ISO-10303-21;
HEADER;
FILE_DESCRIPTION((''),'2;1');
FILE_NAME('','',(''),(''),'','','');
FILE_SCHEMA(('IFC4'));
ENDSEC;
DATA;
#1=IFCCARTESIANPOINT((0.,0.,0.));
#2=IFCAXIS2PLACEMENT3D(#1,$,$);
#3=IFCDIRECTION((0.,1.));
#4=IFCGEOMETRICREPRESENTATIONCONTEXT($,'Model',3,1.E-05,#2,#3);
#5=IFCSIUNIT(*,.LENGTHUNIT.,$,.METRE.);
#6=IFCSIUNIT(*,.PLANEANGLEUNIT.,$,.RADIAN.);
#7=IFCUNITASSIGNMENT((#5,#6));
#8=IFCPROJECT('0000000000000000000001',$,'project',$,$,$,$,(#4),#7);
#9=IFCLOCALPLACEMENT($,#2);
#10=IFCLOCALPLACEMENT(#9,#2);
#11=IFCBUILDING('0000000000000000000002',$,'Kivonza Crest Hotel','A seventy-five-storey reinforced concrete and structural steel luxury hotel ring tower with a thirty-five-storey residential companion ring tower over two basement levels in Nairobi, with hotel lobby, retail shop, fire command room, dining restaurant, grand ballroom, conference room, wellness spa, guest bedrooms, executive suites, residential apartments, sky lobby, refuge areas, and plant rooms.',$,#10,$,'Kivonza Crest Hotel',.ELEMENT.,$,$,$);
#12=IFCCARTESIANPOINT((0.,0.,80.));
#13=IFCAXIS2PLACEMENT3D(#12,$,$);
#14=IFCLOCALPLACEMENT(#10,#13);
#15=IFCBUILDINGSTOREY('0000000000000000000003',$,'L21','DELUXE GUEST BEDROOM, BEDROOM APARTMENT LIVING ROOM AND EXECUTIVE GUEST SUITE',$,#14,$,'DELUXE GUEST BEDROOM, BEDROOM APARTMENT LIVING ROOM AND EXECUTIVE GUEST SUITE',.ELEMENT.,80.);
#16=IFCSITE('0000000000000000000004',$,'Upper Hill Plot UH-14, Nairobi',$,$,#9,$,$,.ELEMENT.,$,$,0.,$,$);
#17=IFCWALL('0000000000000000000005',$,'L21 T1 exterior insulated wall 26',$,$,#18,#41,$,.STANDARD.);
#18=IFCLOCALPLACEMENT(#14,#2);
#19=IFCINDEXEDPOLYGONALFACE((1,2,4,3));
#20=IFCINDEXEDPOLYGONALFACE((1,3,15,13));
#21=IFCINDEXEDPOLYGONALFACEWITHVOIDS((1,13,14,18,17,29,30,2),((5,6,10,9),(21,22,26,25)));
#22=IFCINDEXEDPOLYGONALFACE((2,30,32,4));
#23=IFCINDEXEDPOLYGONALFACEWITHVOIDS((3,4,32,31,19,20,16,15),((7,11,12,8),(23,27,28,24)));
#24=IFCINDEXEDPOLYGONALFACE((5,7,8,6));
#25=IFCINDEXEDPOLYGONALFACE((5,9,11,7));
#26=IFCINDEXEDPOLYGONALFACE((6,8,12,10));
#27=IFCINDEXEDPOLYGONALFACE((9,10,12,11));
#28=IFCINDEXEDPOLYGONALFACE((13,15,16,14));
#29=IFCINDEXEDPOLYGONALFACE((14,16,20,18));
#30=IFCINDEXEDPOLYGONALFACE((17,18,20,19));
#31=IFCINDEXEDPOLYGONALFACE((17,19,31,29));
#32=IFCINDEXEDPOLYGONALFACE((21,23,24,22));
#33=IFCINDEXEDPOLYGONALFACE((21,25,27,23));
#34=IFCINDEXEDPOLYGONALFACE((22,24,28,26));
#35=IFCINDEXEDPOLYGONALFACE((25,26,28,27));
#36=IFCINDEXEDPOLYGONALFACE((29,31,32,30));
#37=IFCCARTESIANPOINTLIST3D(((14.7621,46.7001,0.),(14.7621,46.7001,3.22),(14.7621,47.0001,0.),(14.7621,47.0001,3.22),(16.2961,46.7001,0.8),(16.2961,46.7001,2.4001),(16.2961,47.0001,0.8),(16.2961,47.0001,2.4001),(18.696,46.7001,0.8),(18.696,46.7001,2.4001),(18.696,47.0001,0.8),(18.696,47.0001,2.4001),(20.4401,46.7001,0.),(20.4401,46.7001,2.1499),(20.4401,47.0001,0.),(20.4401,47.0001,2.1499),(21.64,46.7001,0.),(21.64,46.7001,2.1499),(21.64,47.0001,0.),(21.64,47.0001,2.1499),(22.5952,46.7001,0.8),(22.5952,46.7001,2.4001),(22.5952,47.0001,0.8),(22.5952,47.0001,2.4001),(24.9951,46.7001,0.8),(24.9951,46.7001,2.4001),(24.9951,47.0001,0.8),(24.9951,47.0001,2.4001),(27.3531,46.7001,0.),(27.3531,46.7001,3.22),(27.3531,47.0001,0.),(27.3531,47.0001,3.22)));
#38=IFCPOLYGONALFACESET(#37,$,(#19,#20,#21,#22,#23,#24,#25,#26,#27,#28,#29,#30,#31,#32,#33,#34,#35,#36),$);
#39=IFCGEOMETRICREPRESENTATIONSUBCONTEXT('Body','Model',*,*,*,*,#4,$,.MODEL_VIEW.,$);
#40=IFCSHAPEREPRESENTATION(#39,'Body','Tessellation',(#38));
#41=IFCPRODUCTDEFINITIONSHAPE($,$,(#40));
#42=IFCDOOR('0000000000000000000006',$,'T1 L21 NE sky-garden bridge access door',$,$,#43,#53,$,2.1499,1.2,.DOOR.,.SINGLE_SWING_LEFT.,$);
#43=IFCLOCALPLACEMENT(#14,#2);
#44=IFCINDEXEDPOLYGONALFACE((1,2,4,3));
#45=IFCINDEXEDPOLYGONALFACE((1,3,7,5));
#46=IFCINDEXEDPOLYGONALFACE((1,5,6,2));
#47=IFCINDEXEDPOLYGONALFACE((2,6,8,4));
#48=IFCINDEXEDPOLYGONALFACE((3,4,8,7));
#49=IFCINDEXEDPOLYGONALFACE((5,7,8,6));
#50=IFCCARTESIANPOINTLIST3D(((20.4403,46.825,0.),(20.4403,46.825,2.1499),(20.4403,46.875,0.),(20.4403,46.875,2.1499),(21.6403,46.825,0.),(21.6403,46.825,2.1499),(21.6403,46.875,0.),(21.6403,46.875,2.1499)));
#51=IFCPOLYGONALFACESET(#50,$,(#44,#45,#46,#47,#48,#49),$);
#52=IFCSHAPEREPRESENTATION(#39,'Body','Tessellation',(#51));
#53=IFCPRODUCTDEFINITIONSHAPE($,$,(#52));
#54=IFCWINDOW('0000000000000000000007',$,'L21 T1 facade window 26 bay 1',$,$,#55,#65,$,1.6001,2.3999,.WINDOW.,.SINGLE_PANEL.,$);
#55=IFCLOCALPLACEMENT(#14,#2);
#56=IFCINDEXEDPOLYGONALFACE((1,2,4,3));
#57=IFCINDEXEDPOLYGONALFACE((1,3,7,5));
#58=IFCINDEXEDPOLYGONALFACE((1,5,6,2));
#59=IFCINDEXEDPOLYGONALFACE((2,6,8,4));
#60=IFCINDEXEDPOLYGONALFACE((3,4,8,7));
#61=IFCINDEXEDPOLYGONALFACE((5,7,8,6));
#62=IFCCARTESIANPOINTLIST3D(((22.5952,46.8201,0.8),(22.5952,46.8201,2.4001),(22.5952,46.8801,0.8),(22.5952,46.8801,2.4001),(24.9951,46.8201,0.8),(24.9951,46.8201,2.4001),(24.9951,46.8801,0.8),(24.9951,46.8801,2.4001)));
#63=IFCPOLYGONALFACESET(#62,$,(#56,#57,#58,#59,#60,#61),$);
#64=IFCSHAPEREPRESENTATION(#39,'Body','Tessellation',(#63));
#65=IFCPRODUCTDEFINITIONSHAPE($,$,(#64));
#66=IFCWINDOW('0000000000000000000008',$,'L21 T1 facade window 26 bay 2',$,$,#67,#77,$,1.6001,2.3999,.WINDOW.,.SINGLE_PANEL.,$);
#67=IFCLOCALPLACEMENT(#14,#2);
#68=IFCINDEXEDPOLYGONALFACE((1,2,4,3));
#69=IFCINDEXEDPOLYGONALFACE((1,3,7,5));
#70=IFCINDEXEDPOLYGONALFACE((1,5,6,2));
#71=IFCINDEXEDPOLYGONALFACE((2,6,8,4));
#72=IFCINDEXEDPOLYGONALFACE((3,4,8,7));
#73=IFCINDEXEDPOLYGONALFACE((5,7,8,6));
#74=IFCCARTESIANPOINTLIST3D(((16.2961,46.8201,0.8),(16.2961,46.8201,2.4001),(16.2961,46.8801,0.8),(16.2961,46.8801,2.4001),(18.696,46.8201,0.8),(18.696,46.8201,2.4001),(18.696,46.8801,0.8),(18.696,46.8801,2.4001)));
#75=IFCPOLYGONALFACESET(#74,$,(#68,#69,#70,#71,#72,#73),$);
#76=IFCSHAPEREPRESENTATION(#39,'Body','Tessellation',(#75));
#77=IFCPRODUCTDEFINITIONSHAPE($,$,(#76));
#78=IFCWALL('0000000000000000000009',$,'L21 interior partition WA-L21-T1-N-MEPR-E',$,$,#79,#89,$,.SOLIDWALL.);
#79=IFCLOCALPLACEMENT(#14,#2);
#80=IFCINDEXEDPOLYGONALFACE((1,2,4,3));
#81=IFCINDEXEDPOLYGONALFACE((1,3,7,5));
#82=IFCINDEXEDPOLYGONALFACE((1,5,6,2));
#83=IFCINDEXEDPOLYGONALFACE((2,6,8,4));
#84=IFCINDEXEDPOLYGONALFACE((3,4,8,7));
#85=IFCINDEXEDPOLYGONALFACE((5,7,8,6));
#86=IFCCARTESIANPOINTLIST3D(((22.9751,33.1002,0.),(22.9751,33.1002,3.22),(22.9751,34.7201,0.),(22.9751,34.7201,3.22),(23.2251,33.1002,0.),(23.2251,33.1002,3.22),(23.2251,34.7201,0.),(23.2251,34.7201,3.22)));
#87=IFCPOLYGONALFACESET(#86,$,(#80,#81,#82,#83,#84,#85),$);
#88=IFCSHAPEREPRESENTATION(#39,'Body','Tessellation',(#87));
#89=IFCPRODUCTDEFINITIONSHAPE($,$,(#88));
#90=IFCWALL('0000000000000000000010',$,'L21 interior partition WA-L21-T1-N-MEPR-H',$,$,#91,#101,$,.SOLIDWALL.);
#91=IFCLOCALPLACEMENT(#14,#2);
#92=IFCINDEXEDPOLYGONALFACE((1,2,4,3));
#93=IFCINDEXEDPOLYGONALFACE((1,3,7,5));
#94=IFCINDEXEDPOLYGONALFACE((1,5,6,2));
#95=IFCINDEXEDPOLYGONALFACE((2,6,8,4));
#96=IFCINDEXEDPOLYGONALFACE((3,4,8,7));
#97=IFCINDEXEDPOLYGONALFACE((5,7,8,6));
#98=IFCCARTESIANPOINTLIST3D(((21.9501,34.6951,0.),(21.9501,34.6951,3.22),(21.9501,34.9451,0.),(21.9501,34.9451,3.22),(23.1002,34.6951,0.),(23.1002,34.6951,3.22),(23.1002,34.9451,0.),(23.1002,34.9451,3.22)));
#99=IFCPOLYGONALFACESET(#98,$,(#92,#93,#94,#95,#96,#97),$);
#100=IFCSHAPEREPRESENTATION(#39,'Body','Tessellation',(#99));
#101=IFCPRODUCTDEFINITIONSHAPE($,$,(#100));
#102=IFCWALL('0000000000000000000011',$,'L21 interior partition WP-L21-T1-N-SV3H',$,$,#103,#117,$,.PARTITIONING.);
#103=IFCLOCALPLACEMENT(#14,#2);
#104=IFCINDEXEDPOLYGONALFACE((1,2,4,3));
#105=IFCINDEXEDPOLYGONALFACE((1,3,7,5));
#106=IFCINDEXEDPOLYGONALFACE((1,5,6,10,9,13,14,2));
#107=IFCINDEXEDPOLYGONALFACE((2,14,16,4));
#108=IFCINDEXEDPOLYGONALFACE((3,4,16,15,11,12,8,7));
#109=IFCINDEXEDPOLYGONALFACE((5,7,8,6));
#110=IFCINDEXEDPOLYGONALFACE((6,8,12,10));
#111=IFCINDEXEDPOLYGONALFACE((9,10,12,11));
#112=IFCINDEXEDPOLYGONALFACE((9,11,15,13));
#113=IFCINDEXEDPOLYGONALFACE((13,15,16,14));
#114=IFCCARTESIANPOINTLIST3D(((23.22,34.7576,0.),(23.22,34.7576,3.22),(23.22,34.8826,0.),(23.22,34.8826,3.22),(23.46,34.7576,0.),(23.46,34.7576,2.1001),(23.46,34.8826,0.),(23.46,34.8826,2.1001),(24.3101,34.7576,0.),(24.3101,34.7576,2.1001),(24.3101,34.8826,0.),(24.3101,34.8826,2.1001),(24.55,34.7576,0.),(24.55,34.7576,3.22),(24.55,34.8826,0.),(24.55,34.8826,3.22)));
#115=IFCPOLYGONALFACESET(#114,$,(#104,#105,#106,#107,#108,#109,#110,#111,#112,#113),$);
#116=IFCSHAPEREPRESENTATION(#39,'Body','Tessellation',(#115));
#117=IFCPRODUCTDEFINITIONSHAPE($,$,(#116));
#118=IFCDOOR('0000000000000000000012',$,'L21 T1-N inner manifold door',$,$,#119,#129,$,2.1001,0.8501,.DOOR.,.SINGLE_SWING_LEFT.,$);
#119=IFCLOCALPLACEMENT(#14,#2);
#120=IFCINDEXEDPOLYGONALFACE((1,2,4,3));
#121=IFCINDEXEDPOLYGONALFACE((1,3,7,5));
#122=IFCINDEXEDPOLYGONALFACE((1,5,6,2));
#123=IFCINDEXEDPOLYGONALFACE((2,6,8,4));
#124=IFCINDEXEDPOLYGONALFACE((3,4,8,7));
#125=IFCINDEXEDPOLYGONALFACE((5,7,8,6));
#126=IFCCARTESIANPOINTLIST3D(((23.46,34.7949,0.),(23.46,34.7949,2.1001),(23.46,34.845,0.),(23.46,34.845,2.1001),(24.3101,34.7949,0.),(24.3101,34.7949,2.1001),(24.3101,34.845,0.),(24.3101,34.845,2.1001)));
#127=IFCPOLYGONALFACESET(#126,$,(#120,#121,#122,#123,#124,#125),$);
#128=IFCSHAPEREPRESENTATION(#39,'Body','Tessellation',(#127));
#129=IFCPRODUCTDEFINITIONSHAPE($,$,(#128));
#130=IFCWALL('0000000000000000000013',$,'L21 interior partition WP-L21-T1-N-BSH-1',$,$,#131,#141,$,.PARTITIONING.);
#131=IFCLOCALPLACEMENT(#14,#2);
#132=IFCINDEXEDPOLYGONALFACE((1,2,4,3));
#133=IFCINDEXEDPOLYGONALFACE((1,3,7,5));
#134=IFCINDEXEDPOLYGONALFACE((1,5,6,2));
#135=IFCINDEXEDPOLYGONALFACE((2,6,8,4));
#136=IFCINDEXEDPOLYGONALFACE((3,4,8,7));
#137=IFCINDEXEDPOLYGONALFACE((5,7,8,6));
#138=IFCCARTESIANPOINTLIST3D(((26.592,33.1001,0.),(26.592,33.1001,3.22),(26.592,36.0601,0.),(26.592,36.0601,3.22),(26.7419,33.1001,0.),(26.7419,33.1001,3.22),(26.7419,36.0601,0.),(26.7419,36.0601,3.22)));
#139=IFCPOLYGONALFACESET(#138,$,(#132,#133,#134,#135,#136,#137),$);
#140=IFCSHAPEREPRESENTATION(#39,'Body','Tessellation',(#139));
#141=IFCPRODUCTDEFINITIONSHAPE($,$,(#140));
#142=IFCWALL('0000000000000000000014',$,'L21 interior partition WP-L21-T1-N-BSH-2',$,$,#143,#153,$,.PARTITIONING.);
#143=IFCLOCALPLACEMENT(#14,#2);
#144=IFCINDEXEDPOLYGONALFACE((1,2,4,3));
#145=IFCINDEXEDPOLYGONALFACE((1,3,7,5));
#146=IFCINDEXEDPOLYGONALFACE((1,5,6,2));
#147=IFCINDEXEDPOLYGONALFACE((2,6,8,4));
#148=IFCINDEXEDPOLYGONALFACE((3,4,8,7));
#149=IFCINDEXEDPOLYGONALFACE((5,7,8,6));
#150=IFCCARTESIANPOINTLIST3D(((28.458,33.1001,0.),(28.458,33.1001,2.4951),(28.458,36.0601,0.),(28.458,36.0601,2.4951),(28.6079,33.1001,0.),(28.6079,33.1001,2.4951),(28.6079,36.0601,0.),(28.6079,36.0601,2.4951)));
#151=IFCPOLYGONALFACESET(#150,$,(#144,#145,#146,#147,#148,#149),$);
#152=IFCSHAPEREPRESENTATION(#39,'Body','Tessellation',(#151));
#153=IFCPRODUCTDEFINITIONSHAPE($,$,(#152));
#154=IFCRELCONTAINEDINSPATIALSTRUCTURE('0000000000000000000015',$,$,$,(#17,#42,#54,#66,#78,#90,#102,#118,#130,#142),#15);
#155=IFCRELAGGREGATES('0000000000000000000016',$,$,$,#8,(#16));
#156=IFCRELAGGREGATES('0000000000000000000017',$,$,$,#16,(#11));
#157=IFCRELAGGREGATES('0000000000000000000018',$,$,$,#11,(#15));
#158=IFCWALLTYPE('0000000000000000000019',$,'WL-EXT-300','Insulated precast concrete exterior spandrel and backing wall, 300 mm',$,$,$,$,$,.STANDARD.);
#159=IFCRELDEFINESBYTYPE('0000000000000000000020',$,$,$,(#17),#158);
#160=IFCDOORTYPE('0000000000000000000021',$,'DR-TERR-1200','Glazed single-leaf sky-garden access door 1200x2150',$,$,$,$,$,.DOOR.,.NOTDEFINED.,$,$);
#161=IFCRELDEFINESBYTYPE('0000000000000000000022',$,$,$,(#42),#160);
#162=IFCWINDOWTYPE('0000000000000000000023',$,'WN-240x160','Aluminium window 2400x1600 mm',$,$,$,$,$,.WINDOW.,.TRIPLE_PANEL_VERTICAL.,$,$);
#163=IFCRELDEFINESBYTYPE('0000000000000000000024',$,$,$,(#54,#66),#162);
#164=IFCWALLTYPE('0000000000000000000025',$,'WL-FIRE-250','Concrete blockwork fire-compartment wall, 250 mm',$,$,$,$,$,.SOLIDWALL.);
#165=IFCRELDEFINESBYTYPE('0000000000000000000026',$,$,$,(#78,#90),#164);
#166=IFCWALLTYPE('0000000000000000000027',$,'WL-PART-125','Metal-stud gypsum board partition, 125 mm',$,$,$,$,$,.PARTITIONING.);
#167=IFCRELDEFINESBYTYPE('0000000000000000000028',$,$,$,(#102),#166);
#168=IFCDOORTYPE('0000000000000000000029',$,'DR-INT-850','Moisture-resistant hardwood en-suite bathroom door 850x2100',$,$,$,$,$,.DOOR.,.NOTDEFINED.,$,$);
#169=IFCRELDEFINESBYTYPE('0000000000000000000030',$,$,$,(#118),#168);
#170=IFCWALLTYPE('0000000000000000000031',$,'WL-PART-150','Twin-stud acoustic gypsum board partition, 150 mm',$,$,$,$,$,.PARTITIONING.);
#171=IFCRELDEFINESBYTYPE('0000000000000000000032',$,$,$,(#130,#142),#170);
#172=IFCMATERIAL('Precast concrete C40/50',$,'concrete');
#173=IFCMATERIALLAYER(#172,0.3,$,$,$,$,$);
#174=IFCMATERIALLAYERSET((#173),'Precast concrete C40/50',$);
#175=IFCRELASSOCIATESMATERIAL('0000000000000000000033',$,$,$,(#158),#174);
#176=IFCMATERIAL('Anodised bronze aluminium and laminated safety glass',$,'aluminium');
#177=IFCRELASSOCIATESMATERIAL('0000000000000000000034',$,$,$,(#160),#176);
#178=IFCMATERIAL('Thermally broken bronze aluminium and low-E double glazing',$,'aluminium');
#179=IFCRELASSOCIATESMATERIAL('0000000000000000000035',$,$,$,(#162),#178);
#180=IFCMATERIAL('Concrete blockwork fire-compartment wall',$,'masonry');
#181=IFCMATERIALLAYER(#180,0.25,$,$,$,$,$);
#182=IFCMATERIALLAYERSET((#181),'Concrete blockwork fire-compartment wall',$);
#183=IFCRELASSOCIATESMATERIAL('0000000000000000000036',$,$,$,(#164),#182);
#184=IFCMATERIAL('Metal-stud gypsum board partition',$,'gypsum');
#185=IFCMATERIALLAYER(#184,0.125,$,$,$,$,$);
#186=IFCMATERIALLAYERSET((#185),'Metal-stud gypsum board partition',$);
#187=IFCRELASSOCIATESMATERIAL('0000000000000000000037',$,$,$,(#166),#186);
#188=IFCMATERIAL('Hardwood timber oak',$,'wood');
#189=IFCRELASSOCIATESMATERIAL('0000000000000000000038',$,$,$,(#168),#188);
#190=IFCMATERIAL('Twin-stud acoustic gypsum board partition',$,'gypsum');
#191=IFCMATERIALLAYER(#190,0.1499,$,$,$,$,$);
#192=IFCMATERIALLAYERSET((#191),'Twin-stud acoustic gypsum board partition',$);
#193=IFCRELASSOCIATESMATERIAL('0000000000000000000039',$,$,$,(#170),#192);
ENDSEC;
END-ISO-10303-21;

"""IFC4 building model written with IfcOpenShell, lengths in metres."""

from ifc_helpers import new_model, si_unit, direction, frame, frame_2d, origin, place, context, subcontext, project, spatial, rectangle, extrude, material, layer, layer_set, type_object, element, fill, save


model = new_model("IFC4")

# Units and contexts
model_context = context("Model", 3, precision=1e-05, world=origin(), true_north=direction((0.0, 1.0)))
body_context = subcontext(model_context, "Body", "Model", "MODEL_VIEW")
ifc_project = project(units=[si_unit("LENGTHUNIT", "METRE"), si_unit("PLANEANGLEUNIT", "RADIAN")], contexts=[model_context])

# Site, building, storey
site_placement = place(None, origin())
site = spatial("IfcSite", under=ifc_project, at=site_placement, Name="Upper Hill Plot UH-14, Nairobi", CompositionType="ELEMENT", RefElevation=0.0)
building_placement = place(site_placement, origin())
building = spatial("IfcBuilding", under=site, at=building_placement, Name="Kivonza Crest Hotel", Description="A seventy-five-storey reinforced concrete and structural steel luxury hotel ring tower with a thirty-five-storey residential companion ring tower over two basement levels in Nairobi, with hotel lobby, retail shop, fire command room, dining restaurant, grand ballroom, conference room, wellness spa, guest bedrooms, executive suites, residential apartments, sky lobby, refuge areas, and plant rooms.", LongName="Kivonza Crest Hotel", CompositionType="ELEMENT")
storey_placement = place(building_placement, frame((0.0, 0.0, 80.0)))
storey = spatial("IfcBuildingStorey", under=building, at=storey_placement, Name="L21", Description="DELUXE GUEST BEDROOM, BEDROOM APARTMENT LIVING ROOM AND EXECUTIVE GUEST SUITE", LongName="DELUXE GUEST BEDROOM, BEDROOM APARTMENT LIVING ROOM AND EXECUTIVE GUEST SUITE", CompositionType="ELEMENT", Elevation=80.0)

# Shared definitions
ifc_material_1 = material(Name="Hardwood timber oak", Category="wood")

# Wall, openings, door, windows
ifc_material_2 = material(Name="Precast concrete C40/50", Category="concrete")
ifc_layer_1 = layer(ifc_material_2, 0.3)
ifc_layer_set_1 = layer_set([ifc_layer_1], Name="Precast concrete C40/50")
wall_type_1 = type_object("IfcWallType", Name="WL-EXT-300", Description="Insulated precast concrete exterior spandrel and backing wall, 300 mm", PredefinedType="STANDARD", material=ifc_layer_set_1)
wall_1_placement = place(storey_placement, frame((27.353, 46.8501, 0.0), z_axis=(0.0, 0.0, 1.0), x_axis=(-1.0, 0.0, 0.0)))
wall_1 = element("IfcWall", 1, at=wall_1_placement, inside=storey, type_object=wall_type_1, Name="L21 T1 exterior insulated wall 26", PredefinedType="STANDARD", context=body_context, shape_type="SweptSolid", body=[
    extrude(rectangle(XDim=12.5911, YDim=0.3, at=frame_2d((6.2954, 0.0))), origin(), (0.0, 0.0, 1.0), 3.22),
])
opening_1_placement = place(wall_1_placement, frame((5.7129, 0.0, 0.0)))
opening_1 = element("IfcOpeningElement", 2, at=opening_1_placement, cuts=wall_1, PredefinedType="OPENING", context=body_context, shape_type="SweptSolid", body=[
    extrude(rectangle(XDim=1.2, YDim=2.1499, at=frame_2d((0.6001, 1.075))), frame((0.0, 0.1602, 0.0), z_axis=(0.0, -1.0, 0.0), x_axis=(1.0, 0.0, 0.0)), (0.0, 0.0, 1.0), 0.3201),
])
opening_2_placement = place(wall_1_placement, frame((2.3579, 0.0, 0.8)))
opening_2 = element("IfcOpeningElement", 3, at=opening_2_placement, cuts=wall_1, PredefinedType="OPENING", context=body_context, shape_type="SweptSolid", body=[
    extrude(rectangle(XDim=2.3999, YDim=1.6001, at=frame_2d((1.2, 0.8))), frame((0.0, 0.1602, 0.0), z_axis=(0.0, -1.0, 0.0), x_axis=(1.0, 0.0, 0.0)), (0.0, 0.0, 1.0), 0.3201),
])
opening_3_placement = place(wall_1_placement, frame((8.657, 0.0, 0.8)))
opening_3 = element("IfcOpeningElement", 4, at=opening_3_placement, cuts=wall_1, PredefinedType="OPENING", context=body_context, shape_type="SweptSolid", body=[
    extrude(rectangle(XDim=2.3999, YDim=1.6001, at=frame_2d((1.2, 0.8))), frame((0.0, 0.1602, 0.0), z_axis=(0.0, -1.0, 0.0), x_axis=(1.0, 0.0, 0.0)), (0.0, 0.0, 1.0), 0.3201),
])
ifc_material_3 = material(Name="Anodised bronze aluminium and laminated safety glass", Category="aluminium")
door_type_1 = type_object("IfcDoorType", Name="DR-TERR-1200", Description="Glazed single-leaf sky-garden access door 1200x2150", OperationType="NOTDEFINED", PredefinedType="DOOR", material=ifc_material_3)
door_1_placement = place(opening_1_placement, frame((1.2, 0.0, 0.0), z_axis=(0.0, 0.0, 1.0), x_axis=(-1.0, 0.0, 0.0)))
door_1 = element("IfcDoor", 5, at=door_1_placement, inside=storey, type_object=door_type_1, Name="T1 L21 NE sky-garden bridge access door", OperationType="SINGLE_SWING_LEFT", OverallHeight=2.1499, OverallWidth=1.2, PredefinedType="DOOR", context=body_context, shape_type="SweptSolid", body=[
    extrude(rectangle(XDim=1.2, YDim=2.1499, at=frame_2d((0.6001, 1.075))), frame((0.0, 0.0249, 0.0), z_axis=(0.0, -1.0, 0.0), x_axis=(1.0, 0.0, 0.0)), (0.0, 0.0, 1.0), 0.05),
])
fill(opening_1, door_1)
ifc_material_4 = material(Name="Thermally broken bronze aluminium and low-E double glazing", Category="aluminium")
window_type = type_object("IfcWindowType", Name="WN-240x160", Description="Aluminium window 2400x1600 mm", PartitioningType="TRIPLE_PANEL_VERTICAL", PredefinedType="WINDOW", material=ifc_material_4)
window_1_placement = place(opening_2_placement, origin())
window_1 = element("IfcWindow", 6, at=window_1_placement, inside=storey, type_object=window_type, Name="L21 T1 facade window 26 bay 1", OverallHeight=1.6001, OverallWidth=2.3999, PartitioningType="SINGLE_PANEL", PredefinedType="WINDOW", context=body_context, shape_type="SweptSolid", body=[
    extrude(rectangle(XDim=2.3999, YDim=1.6001, at=frame_2d((1.2, 0.8))), frame((0.0, 0.03, 0.0), z_axis=(0.0, -1.0, 0.0), x_axis=(1.0, 0.0, 0.0)), (0.0, 0.0, 1.0), 0.0601),
])
fill(opening_2, window_1)
window_2_placement = place(opening_3_placement, origin())
window_2 = element("IfcWindow", 7, at=window_2_placement, inside=storey, type_object=window_type, Name="L21 T1 facade window 26 bay 2", OverallHeight=1.6001, OverallWidth=2.3999, PartitioningType="SINGLE_PANEL", PredefinedType="WINDOW", context=body_context, shape_type="SweptSolid", body=[
    extrude(rectangle(XDim=2.3999, YDim=1.6001, at=frame_2d((1.2, 0.8))), frame((0.0, 0.03, 0.0), z_axis=(0.0, -1.0, 0.0), x_axis=(1.0, 0.0, 0.0)), (0.0, 0.0, 1.0), 0.0601),
])
fill(opening_3, window_2)

# Walls
ifc_material_5 = material(Name="Concrete blockwork fire-compartment wall", Category="masonry")
ifc_layer_2 = layer(ifc_material_5, 0.25)
ifc_layer_set_2 = layer_set([ifc_layer_2], Name="Concrete blockwork fire-compartment wall")
wall_type_2 = type_object("IfcWallType", Name="WL-FIRE-250", Description="Concrete blockwork fire-compartment wall, 250 mm", PredefinedType="SOLIDWALL", material=ifc_layer_set_2)
wall_2_placement = place(storey_placement, frame((23.1001, 33.1001, 0.0), z_axis=(0.0, 0.0, 1.0), x_axis=(0.0, 1.0, 0.0)))
element("IfcWall", 8, at=wall_2_placement, inside=storey, type_object=wall_type_2, Name="L21 interior partition WA-L21-T1-N-MEPR-E", PredefinedType="SOLIDWALL", context=body_context, shape_type="SweptSolid", body=[
    extrude(rectangle(XDim=1.6199, YDim=0.25, at=frame_2d((0.8101, 0.0))), origin(), (0.0, 0.0, 1.0), 3.22),
])
wall_3_placement = place(storey_placement, frame((21.95, 34.8201, 0.0), z_axis=(0.0, 0.0, 1.0), x_axis=(1.0, 0.0, 0.0)))
element("IfcWall", 9, at=wall_3_placement, inside=storey, type_object=wall_type_2, Name="L21 interior partition WA-L21-T1-N-MEPR-H", PredefinedType="SOLIDWALL", context=body_context, shape_type="SweptSolid", body=[
    extrude(rectangle(XDim=1.1501, YDim=0.25, at=frame_2d((0.5752, 0.0))), origin(), (0.0, 0.0, 1.0), 3.22),
])

# Wall, opening, door
ifc_material_6 = material(Name="Metal-stud gypsum board partition", Category="gypsum")
ifc_layer_3 = layer(ifc_material_6, 0.125)
ifc_layer_set_3 = layer_set([ifc_layer_3], Name="Metal-stud gypsum board partition")
wall_type_3 = type_object("IfcWallType", Name="WL-PART-125", Description="Metal-stud gypsum board partition, 125 mm", PredefinedType="PARTITIONING", material=ifc_layer_set_3)
wall_4_placement = place(storey_placement, frame((23.22, 34.8201, 0.0), z_axis=(0.0, 0.0, 1.0), x_axis=(1.0, 0.0, 0.0)))
wall_4 = element("IfcWall", 10, at=wall_4_placement, inside=storey, type_object=wall_type_3, Name="L21 interior partition WP-L21-T1-N-SV3H", PredefinedType="PARTITIONING", context=body_context, shape_type="SweptSolid", body=[
    extrude(rectangle(XDim=1.3301, YDim=0.125, at=frame_2d((0.665, 0.0))), origin(), (0.0, 0.0, 1.0), 3.22),
])
opening_4_placement = place(wall_4_placement, frame((0.24, 0.0, 0.0)))
opening_4 = element("IfcOpeningElement", 11, at=opening_4_placement, cuts=wall_4, PredefinedType="OPENING", context=body_context, shape_type="SweptSolid", body=[
    extrude(rectangle(XDim=0.8501, YDim=2.1001, at=frame_2d((0.425, 1.05))), frame((0.0, 0.0725, 0.0), z_axis=(0.0, -1.0, 0.0), x_axis=(1.0, 0.0, 0.0)), (0.0, 0.0, 1.0), 0.145),
])
door_type_2 = type_object("IfcDoorType", Name="DR-INT-850", Description="Moisture-resistant hardwood en-suite bathroom door 850x2100", OperationType="NOTDEFINED", PredefinedType="DOOR", material=ifc_material_1)
door_2_placement = place(opening_4_placement, origin())
door_2 = element("IfcDoor", 12, at=door_2_placement, inside=storey, type_object=door_type_2, Name="L21 T1-N inner manifold door", OperationType="SINGLE_SWING_LEFT", OverallHeight=2.1001, OverallWidth=0.8501, PredefinedType="DOOR", context=body_context, shape_type="SweptSolid", body=[
    extrude(rectangle(XDim=0.8501, YDim=2.1001, at=frame_2d((0.425, 1.05))), frame((0.0, 0.0249, 0.0), z_axis=(0.0, -1.0, 0.0), x_axis=(1.0, 0.0, 0.0)), (0.0, 0.0, 1.0), 0.05),
])
fill(opening_4, door_2)

# Walls
ifc_material_7 = material(Name="Twin-stud acoustic gypsum board partition", Category="gypsum")
ifc_layer_4 = layer(ifc_material_7, 0.1499)
ifc_layer_set_4 = layer_set([ifc_layer_4], Name="Twin-stud acoustic gypsum board partition")
wall_type_4 = type_object("IfcWallType", Name="WL-PART-150", Description="Twin-stud acoustic gypsum board partition, 150 mm", PredefinedType="PARTITIONING", material=ifc_layer_set_4)
wall_5_placement = place(storey_placement, frame((26.667, 33.1001, 0.0), z_axis=(0.0, 0.0, 1.0), x_axis=(0.0, 1.0, 0.0)))
element("IfcWall", 13, at=wall_5_placement, inside=storey, type_object=wall_type_4, Name="L21 interior partition WP-L21-T1-N-BSH-1", PredefinedType="PARTITIONING", context=body_context, shape_type="SweptSolid", body=[
    extrude(rectangle(XDim=2.96, YDim=0.1499, at=frame_2d((1.48, 0.0))), origin(), (0.0, 0.0, 1.0), 3.22),
])
wall_6_placement = place(storey_placement, frame((28.533, 33.1001, 0.0), z_axis=(0.0, 0.0, 1.0), x_axis=(0.0, 1.0, 0.0)))
element("IfcWall", 14, at=wall_6_placement, inside=storey, type_object=wall_type_4, Name="L21 interior partition WP-L21-T1-N-BSH-2", PredefinedType="PARTITIONING", context=body_context, shape_type="SweptSolid", body=[
    extrude(rectangle(XDim=2.96, YDim=0.1499, at=frame_2d((1.48, 0.0))), origin(), (0.0, 0.0, 1.0), 2.4951),
])

save(model, "model.ifc")
